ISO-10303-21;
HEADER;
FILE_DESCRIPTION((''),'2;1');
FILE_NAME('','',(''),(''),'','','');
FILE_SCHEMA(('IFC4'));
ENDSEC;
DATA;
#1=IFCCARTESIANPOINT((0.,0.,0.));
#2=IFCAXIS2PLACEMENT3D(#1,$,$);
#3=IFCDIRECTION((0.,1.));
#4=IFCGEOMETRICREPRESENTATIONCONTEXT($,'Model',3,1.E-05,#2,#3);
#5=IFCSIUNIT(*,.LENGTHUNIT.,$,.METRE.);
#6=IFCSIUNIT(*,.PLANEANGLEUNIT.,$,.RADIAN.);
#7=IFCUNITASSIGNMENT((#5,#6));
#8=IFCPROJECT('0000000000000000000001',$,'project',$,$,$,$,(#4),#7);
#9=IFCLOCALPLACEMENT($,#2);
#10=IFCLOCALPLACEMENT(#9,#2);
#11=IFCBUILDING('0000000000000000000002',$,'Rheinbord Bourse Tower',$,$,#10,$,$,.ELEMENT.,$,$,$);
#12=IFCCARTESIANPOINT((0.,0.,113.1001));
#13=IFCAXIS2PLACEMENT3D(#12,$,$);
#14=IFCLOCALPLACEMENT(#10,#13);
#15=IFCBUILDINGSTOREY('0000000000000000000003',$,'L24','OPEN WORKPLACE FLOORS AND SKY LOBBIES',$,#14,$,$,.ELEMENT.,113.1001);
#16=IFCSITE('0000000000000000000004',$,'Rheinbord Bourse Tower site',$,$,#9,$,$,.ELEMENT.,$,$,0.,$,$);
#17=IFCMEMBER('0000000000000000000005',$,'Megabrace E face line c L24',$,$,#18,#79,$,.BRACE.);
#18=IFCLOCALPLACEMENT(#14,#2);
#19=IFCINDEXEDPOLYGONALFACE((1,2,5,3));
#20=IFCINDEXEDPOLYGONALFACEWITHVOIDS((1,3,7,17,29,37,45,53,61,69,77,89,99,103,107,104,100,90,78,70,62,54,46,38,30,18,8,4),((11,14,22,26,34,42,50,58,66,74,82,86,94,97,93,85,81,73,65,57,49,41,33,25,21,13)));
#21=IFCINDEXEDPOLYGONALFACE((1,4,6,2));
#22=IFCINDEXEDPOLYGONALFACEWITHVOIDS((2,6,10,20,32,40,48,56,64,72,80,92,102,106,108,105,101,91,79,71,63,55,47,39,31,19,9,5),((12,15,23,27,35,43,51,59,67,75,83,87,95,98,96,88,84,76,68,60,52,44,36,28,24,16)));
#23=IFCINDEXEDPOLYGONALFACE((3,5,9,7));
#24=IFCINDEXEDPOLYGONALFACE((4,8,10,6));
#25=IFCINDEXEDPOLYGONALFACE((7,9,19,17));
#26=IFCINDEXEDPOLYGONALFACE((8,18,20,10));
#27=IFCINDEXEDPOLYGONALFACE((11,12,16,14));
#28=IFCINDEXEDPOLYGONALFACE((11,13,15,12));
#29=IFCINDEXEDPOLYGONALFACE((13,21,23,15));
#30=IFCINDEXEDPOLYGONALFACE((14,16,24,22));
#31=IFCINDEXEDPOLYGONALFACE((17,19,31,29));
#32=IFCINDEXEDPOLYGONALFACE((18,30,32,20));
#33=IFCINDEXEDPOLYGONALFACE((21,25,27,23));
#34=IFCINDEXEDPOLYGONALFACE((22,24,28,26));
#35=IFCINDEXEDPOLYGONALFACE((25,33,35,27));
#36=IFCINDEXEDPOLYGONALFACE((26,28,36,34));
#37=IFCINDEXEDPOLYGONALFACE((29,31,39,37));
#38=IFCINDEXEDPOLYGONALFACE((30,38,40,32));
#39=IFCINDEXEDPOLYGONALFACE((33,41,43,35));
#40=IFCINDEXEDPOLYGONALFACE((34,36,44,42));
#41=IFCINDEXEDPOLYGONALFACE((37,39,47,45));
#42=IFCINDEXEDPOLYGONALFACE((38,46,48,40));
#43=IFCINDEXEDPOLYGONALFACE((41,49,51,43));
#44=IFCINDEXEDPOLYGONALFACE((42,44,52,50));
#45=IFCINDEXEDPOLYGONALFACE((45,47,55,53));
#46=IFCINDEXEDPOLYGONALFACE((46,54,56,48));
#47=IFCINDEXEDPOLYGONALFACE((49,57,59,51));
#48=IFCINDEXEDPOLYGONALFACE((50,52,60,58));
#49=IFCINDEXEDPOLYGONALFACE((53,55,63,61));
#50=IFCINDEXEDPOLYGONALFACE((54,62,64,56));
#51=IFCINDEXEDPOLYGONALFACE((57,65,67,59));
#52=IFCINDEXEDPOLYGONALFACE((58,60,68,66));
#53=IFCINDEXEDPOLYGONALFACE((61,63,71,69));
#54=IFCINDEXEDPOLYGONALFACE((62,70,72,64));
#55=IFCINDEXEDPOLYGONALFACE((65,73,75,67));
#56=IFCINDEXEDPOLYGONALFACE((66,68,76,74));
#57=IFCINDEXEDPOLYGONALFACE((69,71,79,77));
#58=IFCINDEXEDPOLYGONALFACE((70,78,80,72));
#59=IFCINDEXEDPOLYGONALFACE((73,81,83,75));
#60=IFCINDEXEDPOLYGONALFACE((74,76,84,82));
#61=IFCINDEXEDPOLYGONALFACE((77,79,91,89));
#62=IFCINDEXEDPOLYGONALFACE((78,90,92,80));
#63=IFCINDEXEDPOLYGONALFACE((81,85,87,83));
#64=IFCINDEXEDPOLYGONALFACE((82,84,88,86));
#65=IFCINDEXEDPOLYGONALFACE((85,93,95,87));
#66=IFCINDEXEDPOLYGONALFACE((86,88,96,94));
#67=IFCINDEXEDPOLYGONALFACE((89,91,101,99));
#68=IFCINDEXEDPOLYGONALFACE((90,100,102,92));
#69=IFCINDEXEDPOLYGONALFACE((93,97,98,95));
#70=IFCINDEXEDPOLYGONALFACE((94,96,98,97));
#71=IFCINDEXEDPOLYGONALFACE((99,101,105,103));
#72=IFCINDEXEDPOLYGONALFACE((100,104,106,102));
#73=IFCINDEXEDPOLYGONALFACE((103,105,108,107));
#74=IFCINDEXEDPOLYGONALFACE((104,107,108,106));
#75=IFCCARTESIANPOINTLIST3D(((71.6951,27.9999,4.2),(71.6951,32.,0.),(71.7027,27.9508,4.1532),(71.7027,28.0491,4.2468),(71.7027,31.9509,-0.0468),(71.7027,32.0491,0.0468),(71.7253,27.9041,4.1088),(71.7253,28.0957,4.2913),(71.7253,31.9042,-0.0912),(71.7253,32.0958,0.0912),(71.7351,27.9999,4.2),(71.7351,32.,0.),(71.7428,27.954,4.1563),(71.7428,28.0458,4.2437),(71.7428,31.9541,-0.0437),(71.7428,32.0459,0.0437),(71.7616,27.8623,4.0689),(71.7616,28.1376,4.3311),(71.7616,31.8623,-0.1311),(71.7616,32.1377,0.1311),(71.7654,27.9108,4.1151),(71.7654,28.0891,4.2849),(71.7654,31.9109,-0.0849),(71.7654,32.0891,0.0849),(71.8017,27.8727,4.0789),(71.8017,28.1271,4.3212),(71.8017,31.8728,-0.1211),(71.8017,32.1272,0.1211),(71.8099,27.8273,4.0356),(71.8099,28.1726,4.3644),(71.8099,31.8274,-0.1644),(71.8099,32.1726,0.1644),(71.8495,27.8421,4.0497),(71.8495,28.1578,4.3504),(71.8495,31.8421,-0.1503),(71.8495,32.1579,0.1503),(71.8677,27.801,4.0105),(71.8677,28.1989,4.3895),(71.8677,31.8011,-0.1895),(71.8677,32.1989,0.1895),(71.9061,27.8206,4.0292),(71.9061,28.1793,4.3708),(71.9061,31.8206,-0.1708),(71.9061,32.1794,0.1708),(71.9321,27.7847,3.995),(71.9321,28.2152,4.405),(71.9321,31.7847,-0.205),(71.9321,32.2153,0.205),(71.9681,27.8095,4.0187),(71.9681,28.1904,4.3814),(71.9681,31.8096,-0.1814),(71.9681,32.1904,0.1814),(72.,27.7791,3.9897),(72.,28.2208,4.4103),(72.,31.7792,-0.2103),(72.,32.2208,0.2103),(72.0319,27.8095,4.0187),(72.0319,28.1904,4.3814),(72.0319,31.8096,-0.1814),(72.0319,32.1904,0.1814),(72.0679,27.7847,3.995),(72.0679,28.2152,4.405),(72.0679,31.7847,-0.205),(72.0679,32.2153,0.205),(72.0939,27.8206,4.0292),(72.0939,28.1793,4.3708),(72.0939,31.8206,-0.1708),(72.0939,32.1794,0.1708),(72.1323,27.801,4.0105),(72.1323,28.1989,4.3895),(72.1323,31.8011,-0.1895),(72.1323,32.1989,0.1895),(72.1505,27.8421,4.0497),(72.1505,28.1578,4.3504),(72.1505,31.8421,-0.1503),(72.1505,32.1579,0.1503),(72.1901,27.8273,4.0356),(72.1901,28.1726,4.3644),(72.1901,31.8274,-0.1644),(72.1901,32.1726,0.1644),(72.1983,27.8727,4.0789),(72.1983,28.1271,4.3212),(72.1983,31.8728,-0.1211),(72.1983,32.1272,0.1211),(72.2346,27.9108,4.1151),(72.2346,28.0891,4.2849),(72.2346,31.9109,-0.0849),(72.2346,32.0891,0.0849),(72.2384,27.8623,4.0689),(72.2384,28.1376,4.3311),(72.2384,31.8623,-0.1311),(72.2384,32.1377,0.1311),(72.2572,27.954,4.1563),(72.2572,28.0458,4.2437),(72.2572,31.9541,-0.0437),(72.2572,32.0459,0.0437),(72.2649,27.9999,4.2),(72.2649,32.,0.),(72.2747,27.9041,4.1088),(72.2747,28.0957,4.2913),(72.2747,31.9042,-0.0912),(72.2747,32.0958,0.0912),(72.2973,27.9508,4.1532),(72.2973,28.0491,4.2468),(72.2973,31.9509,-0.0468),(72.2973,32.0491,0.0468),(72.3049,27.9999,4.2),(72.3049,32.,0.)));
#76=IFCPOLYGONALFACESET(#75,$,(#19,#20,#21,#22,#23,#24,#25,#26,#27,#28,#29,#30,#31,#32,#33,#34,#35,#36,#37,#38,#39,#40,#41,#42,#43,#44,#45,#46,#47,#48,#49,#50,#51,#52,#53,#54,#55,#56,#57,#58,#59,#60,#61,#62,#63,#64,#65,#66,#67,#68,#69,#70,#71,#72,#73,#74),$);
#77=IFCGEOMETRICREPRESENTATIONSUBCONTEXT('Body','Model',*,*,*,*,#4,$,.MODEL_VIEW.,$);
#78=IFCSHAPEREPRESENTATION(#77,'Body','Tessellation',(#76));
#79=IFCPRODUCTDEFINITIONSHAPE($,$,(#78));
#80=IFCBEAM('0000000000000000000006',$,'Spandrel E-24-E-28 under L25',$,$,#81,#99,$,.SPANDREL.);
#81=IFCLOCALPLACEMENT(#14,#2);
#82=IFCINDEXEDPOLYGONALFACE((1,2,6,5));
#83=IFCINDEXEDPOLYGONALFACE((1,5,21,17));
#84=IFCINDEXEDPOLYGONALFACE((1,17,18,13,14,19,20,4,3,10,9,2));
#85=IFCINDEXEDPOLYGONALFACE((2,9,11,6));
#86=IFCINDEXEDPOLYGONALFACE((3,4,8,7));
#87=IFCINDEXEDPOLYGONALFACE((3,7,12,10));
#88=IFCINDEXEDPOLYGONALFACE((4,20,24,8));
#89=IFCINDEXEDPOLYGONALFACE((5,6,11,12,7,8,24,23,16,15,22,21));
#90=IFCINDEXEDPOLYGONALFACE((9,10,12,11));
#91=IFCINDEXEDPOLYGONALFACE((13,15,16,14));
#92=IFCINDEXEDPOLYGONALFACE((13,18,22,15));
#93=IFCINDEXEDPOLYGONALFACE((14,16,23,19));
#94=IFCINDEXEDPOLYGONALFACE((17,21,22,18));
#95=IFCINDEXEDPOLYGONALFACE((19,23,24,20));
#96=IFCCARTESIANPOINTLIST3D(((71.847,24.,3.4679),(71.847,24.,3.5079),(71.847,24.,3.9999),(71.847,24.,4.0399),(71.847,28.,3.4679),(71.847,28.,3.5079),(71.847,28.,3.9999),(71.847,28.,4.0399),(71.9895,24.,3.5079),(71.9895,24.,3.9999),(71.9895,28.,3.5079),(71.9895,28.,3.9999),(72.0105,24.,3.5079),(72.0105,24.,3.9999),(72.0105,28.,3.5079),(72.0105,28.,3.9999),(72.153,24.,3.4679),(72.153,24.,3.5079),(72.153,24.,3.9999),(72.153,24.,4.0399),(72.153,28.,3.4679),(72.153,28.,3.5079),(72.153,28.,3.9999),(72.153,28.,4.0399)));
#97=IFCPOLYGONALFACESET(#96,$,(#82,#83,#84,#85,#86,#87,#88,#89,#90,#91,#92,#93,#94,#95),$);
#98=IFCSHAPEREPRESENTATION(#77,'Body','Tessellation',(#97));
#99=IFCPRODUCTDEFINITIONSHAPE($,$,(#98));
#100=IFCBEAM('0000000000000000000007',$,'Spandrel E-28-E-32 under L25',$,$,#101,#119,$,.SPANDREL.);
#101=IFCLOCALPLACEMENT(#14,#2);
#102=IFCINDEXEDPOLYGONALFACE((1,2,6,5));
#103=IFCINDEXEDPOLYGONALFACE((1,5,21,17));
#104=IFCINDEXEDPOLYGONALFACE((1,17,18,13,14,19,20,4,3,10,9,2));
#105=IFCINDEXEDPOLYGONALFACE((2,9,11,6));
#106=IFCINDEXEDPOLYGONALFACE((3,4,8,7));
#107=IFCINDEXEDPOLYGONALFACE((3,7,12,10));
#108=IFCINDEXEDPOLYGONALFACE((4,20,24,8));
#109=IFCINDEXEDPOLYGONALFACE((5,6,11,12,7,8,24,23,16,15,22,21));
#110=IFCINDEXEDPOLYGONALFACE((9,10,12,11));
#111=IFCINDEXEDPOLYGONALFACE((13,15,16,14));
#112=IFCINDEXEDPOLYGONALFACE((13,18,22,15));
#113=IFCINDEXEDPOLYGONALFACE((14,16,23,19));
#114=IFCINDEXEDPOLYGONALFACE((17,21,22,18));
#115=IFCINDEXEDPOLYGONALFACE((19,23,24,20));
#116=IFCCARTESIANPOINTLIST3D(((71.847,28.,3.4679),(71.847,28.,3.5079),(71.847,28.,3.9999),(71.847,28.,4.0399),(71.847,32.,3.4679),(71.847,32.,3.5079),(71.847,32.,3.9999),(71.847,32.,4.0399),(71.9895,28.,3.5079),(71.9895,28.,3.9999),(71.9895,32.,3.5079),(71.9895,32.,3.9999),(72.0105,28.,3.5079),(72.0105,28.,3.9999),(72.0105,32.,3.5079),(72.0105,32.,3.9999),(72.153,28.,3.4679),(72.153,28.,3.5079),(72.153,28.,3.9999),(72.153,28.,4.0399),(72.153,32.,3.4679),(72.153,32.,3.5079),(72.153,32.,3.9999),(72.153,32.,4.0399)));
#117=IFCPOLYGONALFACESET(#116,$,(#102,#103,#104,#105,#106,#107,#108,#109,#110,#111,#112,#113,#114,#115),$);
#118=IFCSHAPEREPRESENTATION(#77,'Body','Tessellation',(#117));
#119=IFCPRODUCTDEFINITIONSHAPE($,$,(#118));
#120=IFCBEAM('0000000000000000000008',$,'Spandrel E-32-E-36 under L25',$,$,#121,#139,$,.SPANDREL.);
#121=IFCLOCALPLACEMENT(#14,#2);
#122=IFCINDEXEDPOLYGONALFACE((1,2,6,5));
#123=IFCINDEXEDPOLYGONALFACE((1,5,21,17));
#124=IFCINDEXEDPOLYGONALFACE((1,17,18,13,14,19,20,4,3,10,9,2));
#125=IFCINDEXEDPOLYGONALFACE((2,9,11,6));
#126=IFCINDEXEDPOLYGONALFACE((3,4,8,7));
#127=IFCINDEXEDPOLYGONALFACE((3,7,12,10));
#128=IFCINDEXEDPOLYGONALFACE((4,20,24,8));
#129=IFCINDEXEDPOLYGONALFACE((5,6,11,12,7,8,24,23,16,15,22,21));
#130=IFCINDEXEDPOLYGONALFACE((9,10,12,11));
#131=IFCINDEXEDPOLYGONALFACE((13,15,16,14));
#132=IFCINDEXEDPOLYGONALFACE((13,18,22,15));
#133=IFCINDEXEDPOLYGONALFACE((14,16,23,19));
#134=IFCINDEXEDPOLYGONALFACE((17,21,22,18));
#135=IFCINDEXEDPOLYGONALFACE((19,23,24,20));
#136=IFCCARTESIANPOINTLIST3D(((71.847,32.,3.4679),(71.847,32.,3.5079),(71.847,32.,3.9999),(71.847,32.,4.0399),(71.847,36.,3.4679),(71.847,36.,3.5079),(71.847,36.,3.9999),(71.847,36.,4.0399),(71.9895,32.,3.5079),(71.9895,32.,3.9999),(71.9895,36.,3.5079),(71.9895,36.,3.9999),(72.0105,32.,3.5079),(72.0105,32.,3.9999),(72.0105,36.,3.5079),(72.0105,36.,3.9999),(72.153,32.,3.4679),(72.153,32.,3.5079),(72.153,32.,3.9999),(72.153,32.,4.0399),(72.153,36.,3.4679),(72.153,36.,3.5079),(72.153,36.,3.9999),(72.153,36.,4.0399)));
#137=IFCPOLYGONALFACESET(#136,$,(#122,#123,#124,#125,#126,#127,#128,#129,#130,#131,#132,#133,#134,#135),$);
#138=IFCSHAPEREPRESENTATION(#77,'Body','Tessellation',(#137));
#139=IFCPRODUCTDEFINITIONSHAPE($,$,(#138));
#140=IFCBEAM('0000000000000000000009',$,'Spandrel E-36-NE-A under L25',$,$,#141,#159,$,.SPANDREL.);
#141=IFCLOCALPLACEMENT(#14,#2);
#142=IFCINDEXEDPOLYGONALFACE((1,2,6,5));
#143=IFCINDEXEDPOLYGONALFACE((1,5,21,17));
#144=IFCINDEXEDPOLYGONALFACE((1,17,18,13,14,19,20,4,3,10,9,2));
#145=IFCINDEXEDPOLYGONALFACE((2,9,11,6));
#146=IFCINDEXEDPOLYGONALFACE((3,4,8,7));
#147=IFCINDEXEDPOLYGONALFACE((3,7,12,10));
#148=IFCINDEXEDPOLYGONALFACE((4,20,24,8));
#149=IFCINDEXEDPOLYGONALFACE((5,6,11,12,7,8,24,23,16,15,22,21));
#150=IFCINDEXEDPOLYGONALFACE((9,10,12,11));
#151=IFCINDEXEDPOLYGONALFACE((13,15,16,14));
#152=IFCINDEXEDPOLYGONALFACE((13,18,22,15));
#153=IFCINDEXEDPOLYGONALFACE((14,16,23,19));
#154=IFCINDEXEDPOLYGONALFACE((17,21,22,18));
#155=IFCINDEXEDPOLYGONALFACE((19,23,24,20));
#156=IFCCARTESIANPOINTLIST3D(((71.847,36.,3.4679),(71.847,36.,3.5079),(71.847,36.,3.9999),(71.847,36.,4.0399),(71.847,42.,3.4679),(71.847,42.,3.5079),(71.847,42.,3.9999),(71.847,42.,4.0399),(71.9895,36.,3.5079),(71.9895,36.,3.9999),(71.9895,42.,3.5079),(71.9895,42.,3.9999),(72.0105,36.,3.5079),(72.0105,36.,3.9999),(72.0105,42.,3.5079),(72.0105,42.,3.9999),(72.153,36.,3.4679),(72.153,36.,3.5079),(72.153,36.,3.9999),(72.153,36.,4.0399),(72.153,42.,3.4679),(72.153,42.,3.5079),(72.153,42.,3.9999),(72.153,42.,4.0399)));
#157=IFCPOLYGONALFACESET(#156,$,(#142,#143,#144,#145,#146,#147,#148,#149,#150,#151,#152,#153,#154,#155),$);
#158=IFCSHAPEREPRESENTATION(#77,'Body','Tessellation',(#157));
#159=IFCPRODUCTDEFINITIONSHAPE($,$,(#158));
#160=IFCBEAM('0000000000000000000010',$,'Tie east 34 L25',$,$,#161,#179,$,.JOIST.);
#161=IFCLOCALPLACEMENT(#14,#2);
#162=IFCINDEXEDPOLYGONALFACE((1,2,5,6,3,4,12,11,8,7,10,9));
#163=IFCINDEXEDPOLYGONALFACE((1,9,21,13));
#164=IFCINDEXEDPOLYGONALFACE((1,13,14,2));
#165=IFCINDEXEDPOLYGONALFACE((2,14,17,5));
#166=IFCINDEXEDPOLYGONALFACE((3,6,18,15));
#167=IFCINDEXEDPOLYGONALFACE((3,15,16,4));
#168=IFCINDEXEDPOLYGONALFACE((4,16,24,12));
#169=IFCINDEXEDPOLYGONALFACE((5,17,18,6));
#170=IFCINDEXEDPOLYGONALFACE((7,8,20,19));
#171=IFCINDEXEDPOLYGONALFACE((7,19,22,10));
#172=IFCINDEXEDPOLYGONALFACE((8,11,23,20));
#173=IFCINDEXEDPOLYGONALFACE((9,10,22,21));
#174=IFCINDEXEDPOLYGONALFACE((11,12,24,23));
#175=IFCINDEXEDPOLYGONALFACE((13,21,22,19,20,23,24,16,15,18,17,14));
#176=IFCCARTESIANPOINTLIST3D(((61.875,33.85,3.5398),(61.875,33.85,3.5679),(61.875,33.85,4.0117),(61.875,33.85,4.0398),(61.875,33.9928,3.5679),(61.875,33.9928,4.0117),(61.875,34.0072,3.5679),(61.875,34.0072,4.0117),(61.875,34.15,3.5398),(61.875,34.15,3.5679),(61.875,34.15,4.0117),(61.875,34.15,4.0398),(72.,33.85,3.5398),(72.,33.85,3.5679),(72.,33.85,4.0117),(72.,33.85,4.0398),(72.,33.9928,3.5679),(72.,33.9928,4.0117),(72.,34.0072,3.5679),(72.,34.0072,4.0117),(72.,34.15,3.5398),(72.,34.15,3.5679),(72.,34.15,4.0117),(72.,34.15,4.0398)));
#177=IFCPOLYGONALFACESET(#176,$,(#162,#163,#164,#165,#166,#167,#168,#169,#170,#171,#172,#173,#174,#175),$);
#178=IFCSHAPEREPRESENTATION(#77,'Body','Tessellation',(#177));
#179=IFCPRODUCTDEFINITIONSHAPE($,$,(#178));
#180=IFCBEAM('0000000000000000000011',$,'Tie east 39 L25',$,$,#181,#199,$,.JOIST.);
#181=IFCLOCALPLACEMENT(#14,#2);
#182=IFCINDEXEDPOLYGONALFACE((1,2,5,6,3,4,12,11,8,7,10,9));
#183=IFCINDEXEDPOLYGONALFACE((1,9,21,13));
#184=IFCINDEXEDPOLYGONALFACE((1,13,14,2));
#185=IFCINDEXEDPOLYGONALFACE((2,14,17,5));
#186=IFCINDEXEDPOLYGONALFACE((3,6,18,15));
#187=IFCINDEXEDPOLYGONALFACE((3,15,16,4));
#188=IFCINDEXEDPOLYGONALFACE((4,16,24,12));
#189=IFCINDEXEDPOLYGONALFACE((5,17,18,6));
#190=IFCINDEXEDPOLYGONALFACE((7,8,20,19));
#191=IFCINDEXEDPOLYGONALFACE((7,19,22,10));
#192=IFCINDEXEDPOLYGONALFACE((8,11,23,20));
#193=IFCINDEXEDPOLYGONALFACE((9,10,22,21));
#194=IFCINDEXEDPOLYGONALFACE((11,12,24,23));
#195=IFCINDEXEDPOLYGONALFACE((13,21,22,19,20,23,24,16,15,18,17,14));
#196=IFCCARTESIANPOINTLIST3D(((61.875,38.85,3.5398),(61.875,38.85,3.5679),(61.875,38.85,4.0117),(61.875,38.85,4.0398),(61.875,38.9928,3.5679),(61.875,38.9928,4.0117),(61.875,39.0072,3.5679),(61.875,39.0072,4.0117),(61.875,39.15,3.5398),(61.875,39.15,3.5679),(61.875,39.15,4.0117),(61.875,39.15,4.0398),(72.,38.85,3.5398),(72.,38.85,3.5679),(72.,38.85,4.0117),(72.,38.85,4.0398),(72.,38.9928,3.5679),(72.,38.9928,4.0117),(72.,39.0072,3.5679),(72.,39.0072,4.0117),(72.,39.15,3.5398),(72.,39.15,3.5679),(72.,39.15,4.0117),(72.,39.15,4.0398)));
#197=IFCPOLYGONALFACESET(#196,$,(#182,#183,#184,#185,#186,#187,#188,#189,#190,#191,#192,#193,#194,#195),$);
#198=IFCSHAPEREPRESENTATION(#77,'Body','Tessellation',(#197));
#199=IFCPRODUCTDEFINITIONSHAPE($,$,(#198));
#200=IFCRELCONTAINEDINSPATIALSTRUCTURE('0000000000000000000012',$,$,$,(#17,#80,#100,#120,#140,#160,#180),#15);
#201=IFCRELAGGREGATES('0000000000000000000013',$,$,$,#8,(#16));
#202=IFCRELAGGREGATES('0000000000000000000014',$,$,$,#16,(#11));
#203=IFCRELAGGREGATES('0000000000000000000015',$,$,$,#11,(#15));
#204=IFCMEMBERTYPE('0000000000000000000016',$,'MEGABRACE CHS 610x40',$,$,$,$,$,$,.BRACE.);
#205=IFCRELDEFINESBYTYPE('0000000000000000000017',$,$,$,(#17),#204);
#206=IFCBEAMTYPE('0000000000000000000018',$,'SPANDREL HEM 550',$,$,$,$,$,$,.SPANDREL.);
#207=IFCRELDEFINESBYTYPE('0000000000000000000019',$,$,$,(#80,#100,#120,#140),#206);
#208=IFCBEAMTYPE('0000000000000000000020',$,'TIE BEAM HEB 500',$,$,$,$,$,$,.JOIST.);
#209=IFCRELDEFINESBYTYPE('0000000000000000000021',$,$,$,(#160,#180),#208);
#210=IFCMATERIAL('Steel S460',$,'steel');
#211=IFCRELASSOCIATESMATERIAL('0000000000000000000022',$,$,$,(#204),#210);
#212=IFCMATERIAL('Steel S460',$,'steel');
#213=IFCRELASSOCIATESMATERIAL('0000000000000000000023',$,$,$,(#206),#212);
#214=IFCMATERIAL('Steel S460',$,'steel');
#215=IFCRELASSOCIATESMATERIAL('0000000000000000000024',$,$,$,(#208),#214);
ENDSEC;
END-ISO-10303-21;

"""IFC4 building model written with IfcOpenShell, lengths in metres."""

from ifc_helpers import new_model, si_unit, direction, frame, origin, origin_2d, place, context, subcontext, project, spatial, hollow_circle, i_section, extrude, material, material_profile, profile_set, type_object, element, save


model = new_model("IFC4")

# Units and contexts
model_context = context("Model", 3, precision=1e-05, world=origin(), true_north=direction((0.0, 1.0)))
body_context = subcontext(model_context, "Body", "Model", "MODEL_VIEW")
ifc_project = project(units=[si_unit("LENGTHUNIT", "METRE"), si_unit("PLANEANGLEUNIT", "RADIAN")], contexts=[model_context])

# Site, building, storey
site_placement = place(None, origin())
site = spatial("IfcSite", under=ifc_project, at=site_placement, Name="Rheinbord Bourse Tower site", CompositionType="ELEMENT", RefElevation=0.0)
building_placement = place(site_placement, origin())
building = spatial("IfcBuilding", under=site, at=building_placement, Name="Rheinbord Bourse Tower", CompositionType="ELEMENT")
storey_placement = place(building_placement, frame((0.0, 0.0, 113.1001)))
storey = spatial("IfcBuildingStorey", under=building, at=storey_placement, Name="L24", Description="OPEN WORKPLACE FLOORS AND SKY LOBBIES", CompositionType="ELEMENT", Elevation=113.1001)

# Member
ifc_material_1 = material(Name="Steel S460", Category="steel")
ifc_material_profile_1 = material_profile(ifc_material_1, hollow_circle(Radius=0.3049, WallThickness=0.04, at=origin_2d()), Name="CHS 610x40")
ifc_profile_set_1 = profile_set([ifc_material_profile_1], Name="Steel S460")
member_type_1 = type_object("IfcMemberType", Name="MEGABRACE CHS 610x40", PredefinedType="BRACE", material=ifc_profile_set_1)
for number, where, z_axis, x_axis, name in (
    (1, (72.0, 32.0, 0.0), (0.0, -0.689659, 0.724134), (1.0, 0.0, 0.0), "Megabrace E face line c L24"),
):
    element("IfcMember", number, at=place(storey_placement, frame(where, z_axis=z_axis, x_axis=x_axis)), inside=storey, type_object=member_type_1, Name=name, PredefinedType="BRACE", context=body_context, shape_type="SweptSolid", body=[
        extrude(hollow_circle(Radius=0.3049, WallThickness=0.04, at=origin_2d()), origin(), (0.0, 0.0, 1.0), 5.8),
    ])

# Beams
ifc_material_2 = material(Name="Steel S460", Category="steel")
ifc_material_profile_2 = material_profile(ifc_material_2, i_section(OverallWidth=0.3059, OverallDepth=0.572, WebThickness=0.021, FlangeThickness=0.04, at=origin_2d()), Name="HEM 550")
ifc_profile_set_2 = profile_set([ifc_material_profile_2], Name="Steel S460")
beam_type_1 = type_object("IfcBeamType", Name="SPANDREL HEM 550", PredefinedType="SPANDREL", material=ifc_profile_set_2)
for number, where, z_axis, x_axis, name in (
    (2, (72.0, 24.0, 3.7539), (0.0, 1.0, 0.0), (-1.0, 0.0, 0.0), "Spandrel E-24-E-28 under L25"),
    (3, (72.0, 28.0, 3.7539), (0.0, 1.0, 0.0), (-1.0, 0.0, 0.0), "Spandrel E-28-E-32 under L25"),
    (4, (72.0, 32.0, 3.7539), (0.0, 1.0, 0.0), (-1.0, 0.0, 0.0), "Spandrel E-32-E-36 under L25"),
):
    element("IfcBeam", number, at=place(storey_placement, frame(where, z_axis=z_axis, x_axis=x_axis)), inside=storey, type_object=beam_type_1, Name=name, PredefinedType="SPANDREL", context=body_context, shape_type="SweptSolid", body=[
        extrude(i_section(OverallWidth=0.3059, OverallDepth=0.572, WebThickness=0.021, FlangeThickness=0.04, at=origin_2d()), origin(), (0.0, 0.0, 1.0), 4.0),
    ])
beam_1_placement = place(storey_placement, frame((72.0, 36.0, 3.7539), z_axis=(0.0, 1.0, 0.0), x_axis=(-1.0, 0.0, 0.0)))
element("IfcBeam", 5, at=beam_1_placement, inside=storey, type_object=beam_type_1, Name="Spandrel E-36-NE-A under L25", PredefinedType="SPANDREL", context=body_context, shape_type="SweptSolid", body=[
    extrude(i_section(OverallWidth=0.3059, OverallDepth=0.572, WebThickness=0.021, FlangeThickness=0.04, at=origin_2d()), origin(), (0.0, 0.0, 1.0), 6.0),
])
ifc_material_3 = material(Name="Steel S460", Category="steel")
ifc_material_profile_3 = material_profile(ifc_material_3, i_section(OverallWidth=0.3, OverallDepth=0.5, WebThickness=0.0144, FlangeThickness=0.0281, at=origin_2d()), Name="HEB 500")
ifc_profile_set_3 = profile_set([ifc_material_profile_3], Name="Steel S460")
beam_type_2 = type_object("IfcBeamType", Name="TIE BEAM HEB 500", PredefinedType="JOIST", material=ifc_profile_set_3)
for number, where, z_axis, x_axis, name in (
    (6, (61.875, 34.0, 3.7898), (1.0, 0.0, 0.0), (0.0, 1.0, 0.0), "Tie east 34 L25"),
    (7, (61.875, 39.0, 3.7898), (1.0, 0.0, 0.0), (0.0, 1.0, 0.0), "Tie east 39 L25"),
):
    element("IfcBeam", number, at=place(storey_placement, frame(where, z_axis=z_axis, x_axis=x_axis)), inside=storey, type_object=beam_type_2, Name=name, PredefinedType="JOIST", context=body_context, shape_type="SweptSolid", body=[
        extrude(i_section(OverallWidth=0.3, OverallDepth=0.5, WebThickness=0.0144, FlangeThickness=0.0281, at=origin_2d()), origin(), (0.0, 0.0, 1.0), 10.125),
    ])

save(model, "model.ifc")
